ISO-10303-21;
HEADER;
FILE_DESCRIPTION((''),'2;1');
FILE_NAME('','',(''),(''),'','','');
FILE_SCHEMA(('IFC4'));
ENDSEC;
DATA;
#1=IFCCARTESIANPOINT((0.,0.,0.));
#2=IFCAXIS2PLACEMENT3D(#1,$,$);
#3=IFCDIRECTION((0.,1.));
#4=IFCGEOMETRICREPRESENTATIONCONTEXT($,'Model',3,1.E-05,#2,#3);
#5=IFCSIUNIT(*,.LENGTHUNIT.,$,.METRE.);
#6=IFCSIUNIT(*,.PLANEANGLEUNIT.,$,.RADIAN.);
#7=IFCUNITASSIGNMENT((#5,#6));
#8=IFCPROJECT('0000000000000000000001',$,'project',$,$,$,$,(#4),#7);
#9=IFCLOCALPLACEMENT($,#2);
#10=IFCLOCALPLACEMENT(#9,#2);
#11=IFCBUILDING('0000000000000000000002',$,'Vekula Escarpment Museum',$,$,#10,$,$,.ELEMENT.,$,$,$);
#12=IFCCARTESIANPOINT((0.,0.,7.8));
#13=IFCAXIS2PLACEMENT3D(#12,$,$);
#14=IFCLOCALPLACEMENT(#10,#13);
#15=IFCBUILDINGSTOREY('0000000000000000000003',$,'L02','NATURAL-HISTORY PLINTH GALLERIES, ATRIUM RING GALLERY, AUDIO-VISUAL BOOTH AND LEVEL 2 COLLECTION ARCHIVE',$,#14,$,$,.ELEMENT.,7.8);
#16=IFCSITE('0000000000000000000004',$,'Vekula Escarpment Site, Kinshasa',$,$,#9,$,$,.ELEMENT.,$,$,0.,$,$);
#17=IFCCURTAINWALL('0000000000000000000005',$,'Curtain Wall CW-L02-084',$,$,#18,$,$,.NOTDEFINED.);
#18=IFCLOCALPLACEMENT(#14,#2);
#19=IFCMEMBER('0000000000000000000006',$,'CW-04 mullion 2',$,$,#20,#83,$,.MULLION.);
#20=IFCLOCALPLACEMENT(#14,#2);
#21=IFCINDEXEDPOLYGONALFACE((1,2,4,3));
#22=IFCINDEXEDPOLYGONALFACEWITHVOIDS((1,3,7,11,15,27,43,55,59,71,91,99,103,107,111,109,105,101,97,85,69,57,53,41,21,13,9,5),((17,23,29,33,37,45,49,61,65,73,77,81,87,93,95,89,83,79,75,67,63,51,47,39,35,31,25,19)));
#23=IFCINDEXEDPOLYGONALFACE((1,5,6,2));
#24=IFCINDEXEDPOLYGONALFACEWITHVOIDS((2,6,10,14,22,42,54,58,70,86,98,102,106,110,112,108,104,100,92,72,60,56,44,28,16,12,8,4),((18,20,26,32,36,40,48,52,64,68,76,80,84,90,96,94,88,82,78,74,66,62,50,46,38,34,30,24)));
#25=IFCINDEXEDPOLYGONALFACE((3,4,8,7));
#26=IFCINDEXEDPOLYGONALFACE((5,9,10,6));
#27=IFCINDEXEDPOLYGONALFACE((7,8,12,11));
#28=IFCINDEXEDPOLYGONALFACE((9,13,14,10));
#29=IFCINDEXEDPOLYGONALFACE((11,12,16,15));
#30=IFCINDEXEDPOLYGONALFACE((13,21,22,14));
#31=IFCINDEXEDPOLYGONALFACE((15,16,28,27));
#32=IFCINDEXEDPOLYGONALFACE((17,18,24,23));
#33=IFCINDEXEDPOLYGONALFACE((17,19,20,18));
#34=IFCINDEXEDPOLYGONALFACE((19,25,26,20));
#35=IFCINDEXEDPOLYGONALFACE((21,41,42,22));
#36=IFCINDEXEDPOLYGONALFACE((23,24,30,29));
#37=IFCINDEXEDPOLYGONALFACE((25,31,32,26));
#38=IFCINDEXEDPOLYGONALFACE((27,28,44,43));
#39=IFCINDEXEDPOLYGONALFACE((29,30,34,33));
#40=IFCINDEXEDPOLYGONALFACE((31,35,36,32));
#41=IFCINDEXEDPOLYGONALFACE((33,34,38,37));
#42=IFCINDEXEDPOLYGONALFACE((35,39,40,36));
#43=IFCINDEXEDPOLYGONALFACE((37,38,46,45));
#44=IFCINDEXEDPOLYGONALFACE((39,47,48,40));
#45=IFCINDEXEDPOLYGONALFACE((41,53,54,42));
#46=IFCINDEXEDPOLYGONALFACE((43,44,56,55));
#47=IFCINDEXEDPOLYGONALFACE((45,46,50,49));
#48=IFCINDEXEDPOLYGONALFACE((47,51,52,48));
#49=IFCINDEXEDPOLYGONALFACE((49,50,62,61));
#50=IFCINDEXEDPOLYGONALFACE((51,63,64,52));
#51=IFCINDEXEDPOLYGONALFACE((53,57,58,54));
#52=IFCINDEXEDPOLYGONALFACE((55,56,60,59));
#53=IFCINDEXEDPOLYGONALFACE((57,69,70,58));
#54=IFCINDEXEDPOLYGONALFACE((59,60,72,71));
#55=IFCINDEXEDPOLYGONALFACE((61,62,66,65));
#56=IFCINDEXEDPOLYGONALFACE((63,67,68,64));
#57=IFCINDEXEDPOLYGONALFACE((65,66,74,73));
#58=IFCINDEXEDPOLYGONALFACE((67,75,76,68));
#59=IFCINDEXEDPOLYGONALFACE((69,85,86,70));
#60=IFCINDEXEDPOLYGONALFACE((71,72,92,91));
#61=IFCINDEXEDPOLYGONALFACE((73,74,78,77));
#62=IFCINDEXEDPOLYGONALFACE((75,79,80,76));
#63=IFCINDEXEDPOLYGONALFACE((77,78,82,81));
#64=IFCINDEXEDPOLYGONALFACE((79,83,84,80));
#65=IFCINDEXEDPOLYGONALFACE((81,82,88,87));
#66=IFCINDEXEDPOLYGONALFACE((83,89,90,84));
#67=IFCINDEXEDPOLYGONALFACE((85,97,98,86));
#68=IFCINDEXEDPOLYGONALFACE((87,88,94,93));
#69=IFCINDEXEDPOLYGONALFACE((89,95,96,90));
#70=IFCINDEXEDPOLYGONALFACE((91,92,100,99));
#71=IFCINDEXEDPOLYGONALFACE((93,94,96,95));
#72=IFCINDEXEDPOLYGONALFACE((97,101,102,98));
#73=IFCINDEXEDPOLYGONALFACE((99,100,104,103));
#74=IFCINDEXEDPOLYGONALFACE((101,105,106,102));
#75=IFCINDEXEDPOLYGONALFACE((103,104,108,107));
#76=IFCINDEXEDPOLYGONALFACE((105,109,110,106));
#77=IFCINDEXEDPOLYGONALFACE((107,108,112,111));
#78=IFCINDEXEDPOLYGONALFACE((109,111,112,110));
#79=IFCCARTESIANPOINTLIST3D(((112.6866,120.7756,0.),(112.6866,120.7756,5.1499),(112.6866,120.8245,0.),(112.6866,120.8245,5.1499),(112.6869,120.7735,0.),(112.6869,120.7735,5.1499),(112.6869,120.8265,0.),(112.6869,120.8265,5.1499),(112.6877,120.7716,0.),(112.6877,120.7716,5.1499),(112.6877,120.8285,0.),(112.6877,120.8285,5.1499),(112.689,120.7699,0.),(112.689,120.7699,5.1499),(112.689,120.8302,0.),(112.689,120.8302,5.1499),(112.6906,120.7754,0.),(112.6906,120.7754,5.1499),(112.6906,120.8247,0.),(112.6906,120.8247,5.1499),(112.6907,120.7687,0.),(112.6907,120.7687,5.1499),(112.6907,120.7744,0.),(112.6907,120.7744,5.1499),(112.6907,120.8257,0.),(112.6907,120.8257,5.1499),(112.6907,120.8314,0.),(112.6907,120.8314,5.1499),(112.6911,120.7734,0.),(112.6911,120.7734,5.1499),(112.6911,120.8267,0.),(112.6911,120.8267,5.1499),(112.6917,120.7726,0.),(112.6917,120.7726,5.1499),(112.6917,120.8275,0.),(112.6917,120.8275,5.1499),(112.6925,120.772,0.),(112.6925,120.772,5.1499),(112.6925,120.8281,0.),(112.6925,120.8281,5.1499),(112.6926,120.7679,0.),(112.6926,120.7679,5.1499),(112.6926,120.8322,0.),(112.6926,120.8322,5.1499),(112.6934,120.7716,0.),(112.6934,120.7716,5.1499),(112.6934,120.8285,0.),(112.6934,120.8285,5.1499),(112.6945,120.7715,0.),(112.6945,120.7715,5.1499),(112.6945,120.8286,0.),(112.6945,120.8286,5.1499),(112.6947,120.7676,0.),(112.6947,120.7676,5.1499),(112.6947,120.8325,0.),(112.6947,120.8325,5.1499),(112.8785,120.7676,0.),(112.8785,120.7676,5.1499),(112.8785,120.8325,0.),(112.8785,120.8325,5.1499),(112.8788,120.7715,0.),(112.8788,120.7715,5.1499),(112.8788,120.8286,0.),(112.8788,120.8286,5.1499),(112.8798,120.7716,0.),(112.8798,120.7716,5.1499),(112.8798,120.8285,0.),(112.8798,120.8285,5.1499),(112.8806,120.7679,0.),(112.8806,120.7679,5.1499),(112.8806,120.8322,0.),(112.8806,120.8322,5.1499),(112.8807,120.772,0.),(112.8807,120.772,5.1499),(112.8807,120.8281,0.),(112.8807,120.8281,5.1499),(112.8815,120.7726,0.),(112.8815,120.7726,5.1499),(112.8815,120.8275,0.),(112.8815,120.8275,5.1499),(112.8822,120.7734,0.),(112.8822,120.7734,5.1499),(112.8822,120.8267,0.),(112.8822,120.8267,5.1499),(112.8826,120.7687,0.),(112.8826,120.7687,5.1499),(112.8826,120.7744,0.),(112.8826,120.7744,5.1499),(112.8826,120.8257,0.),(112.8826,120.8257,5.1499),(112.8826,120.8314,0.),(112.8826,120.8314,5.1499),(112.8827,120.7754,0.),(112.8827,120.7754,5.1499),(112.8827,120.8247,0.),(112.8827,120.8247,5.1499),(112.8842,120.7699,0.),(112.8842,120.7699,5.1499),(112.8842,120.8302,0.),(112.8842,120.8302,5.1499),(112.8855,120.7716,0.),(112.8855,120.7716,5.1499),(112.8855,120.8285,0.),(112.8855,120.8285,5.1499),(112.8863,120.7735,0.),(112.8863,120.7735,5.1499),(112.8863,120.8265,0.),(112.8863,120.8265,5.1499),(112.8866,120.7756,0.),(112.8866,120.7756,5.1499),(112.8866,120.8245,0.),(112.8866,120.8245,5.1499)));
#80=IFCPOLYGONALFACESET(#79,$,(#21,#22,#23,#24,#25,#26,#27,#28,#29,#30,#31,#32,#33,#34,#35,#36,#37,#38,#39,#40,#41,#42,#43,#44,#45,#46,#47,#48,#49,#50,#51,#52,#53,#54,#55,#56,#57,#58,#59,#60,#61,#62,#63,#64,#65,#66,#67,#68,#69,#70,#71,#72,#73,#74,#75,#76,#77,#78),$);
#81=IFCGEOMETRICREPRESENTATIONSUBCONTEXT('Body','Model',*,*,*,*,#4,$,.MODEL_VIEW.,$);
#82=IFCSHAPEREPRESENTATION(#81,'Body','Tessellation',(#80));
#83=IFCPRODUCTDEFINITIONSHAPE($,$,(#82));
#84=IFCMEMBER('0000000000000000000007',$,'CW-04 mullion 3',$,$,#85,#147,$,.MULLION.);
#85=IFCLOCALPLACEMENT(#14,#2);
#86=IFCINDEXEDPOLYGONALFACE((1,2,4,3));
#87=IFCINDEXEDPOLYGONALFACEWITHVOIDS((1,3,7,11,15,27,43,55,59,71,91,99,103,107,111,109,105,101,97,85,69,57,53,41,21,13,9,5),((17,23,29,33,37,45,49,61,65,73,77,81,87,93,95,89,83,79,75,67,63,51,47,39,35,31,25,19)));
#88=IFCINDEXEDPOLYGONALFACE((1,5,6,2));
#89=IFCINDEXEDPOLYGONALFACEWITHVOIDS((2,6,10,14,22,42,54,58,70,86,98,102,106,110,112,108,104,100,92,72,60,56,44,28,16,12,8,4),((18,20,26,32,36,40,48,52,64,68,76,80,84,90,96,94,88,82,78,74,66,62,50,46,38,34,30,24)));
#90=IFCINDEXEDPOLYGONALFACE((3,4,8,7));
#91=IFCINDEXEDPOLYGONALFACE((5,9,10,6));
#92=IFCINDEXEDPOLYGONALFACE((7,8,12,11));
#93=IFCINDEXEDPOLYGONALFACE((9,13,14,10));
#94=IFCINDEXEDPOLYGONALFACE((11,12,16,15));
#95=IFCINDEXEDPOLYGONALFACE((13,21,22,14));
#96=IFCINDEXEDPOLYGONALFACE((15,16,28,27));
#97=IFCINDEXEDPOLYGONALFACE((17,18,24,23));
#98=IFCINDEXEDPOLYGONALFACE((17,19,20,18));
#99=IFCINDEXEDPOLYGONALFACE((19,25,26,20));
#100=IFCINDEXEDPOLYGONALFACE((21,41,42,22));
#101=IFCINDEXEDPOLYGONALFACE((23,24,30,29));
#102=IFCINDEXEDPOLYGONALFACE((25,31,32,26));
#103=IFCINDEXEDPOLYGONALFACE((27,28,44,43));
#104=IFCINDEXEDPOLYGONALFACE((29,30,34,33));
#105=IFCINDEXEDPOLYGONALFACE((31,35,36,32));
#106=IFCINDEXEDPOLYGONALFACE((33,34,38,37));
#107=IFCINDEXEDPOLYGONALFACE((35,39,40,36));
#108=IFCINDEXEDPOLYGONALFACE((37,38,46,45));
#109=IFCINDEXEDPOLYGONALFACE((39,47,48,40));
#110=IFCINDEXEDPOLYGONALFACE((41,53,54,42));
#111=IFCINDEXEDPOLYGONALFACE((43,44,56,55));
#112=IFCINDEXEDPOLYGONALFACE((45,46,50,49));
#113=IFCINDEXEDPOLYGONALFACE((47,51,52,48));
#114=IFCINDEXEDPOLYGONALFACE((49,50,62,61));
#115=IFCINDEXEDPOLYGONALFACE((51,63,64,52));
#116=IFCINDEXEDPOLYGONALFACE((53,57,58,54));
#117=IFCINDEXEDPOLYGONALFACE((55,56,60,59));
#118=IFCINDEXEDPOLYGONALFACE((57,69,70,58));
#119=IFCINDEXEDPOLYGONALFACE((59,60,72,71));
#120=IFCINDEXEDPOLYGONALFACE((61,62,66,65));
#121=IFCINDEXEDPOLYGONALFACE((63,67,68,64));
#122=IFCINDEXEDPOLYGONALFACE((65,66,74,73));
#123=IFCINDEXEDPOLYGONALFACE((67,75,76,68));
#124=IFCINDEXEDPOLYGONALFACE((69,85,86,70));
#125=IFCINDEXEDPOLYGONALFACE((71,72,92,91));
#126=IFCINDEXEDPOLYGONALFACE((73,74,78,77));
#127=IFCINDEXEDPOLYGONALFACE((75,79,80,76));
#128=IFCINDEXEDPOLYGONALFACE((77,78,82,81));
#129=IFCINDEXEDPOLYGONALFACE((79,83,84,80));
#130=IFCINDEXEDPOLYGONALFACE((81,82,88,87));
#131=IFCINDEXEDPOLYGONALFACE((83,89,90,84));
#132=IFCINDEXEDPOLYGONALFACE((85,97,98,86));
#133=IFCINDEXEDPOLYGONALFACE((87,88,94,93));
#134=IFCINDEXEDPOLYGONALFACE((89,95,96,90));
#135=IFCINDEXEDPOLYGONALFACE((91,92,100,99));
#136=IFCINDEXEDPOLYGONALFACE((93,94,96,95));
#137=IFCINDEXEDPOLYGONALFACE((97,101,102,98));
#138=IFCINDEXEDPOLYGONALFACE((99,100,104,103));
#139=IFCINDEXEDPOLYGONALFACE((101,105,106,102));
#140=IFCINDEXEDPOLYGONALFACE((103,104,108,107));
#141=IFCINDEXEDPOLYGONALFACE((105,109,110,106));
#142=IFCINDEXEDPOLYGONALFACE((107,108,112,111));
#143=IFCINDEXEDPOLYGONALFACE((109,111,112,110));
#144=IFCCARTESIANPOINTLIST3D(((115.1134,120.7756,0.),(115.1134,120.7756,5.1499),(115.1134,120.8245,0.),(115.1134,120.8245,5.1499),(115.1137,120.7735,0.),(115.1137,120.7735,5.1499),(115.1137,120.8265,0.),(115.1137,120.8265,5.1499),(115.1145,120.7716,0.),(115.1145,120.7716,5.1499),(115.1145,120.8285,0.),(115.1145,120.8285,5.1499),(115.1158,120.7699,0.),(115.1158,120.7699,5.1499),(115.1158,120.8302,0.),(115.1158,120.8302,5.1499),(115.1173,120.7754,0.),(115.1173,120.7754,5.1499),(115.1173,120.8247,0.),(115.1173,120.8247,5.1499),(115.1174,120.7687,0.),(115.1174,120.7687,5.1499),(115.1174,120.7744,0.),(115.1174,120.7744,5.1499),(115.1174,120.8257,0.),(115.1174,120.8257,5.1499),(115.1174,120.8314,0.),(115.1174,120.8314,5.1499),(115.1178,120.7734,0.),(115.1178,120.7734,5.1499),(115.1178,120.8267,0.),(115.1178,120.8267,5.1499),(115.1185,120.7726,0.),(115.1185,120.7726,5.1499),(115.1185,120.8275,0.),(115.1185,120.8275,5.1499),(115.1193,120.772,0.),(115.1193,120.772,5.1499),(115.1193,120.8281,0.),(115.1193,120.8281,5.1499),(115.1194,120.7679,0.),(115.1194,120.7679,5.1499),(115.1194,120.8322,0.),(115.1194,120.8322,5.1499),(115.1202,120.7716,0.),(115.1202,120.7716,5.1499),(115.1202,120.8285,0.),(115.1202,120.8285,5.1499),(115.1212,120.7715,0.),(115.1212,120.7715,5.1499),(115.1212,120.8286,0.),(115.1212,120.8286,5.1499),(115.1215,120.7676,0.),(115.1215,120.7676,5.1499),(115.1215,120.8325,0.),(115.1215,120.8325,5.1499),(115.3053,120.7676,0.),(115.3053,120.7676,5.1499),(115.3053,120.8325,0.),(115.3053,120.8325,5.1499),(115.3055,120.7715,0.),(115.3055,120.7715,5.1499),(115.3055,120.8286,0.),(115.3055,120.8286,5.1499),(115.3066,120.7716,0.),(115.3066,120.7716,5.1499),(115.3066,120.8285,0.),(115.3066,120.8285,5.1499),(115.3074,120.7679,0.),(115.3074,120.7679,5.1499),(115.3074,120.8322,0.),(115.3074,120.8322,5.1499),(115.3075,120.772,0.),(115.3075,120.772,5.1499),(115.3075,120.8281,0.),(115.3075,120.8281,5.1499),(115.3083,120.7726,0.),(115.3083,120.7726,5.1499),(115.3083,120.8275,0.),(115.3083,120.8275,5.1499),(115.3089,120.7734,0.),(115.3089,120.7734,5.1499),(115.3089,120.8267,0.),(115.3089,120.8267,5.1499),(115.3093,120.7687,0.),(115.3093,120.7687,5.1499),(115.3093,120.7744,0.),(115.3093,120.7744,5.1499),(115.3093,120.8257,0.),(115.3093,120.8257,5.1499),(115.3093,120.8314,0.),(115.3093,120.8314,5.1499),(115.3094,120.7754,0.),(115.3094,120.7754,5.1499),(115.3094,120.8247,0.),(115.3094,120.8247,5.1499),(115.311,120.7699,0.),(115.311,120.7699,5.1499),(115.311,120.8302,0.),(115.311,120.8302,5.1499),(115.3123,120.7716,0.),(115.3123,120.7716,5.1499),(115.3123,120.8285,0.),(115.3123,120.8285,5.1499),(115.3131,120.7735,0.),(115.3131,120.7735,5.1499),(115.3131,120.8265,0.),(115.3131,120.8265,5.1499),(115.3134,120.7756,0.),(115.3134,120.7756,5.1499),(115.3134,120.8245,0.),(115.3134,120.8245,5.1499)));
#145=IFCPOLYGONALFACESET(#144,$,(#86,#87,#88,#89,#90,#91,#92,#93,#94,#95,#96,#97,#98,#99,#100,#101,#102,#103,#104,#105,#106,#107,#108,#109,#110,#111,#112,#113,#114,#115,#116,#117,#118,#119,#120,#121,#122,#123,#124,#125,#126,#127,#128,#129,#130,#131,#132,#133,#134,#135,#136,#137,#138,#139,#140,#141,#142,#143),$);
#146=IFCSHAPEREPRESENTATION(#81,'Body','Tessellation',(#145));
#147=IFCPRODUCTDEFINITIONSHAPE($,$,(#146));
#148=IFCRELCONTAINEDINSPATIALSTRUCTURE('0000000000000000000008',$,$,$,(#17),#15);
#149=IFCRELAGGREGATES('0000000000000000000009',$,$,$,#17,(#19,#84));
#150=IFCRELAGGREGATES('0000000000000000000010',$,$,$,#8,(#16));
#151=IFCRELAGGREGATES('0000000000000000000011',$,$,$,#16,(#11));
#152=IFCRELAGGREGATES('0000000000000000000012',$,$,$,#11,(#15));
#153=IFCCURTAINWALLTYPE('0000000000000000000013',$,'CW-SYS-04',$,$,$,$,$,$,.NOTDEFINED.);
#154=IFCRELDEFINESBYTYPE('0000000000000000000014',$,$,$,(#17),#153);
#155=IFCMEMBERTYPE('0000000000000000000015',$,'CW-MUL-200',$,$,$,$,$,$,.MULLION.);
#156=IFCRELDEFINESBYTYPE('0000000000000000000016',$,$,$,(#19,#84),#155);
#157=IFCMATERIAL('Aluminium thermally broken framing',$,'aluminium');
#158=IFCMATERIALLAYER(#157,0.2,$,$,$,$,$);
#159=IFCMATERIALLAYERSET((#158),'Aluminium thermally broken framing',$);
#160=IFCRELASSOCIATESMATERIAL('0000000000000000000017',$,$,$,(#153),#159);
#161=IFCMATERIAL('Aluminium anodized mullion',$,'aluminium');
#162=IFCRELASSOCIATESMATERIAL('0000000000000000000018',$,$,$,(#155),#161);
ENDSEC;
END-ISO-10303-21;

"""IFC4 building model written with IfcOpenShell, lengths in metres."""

from ifc_helpers import new_model, si_unit, direction, frame, origin, origin_2d, place, context, subcontext, project, spatial, hollow_rectangle, extrude, material, layer, layer_set, material_profile, profile_set, type_object, element, aggregate, save


model = new_model("IFC4")

# Units and contexts
model_context = context("Model", 3, precision=1e-05, world=origin(), true_north=direction((0.0, 1.0)))
body_context = subcontext(model_context, "Body", "Model", "MODEL_VIEW")
ifc_project = project(units=[si_unit("LENGTHUNIT", "METRE"), si_unit("PLANEANGLEUNIT", "RADIAN")], contexts=[model_context])

# Site, building, storey
site_placement = place(None, origin())
site = spatial("IfcSite", under=ifc_project, at=site_placement, Name="Vekula Escarpment Site, Kinshasa", CompositionType="ELEMENT", RefElevation=0.0)
building_placement = place(site_placement, origin())
building = spatial("IfcBuilding", under=site, at=building_placement, Name="Vekula Escarpment Museum", CompositionType="ELEMENT")
storey_placement = place(building_placement, frame((0.0, 0.0, 7.8)))
storey = spatial("IfcBuildingStorey", under=building, at=storey_placement, Name="L02", Description="NATURAL-HISTORY PLINTH GALLERIES, ATRIUM RING GALLERY, AUDIO-VISUAL BOOTH AND LEVEL 2 COLLECTION ARCHIVE", CompositionType="ELEMENT", Elevation=7.8)

# Curtain wall, members
ifc_material_1 = material(Name="Aluminium thermally broken framing", Category="aluminium")
ifc_layer_1 = layer(ifc_material_1, 0.2)
ifc_layer_set_1 = layer_set([ifc_layer_1], Name="Aluminium thermally broken framing")
curtain_wall_type = type_object("IfcCurtainWallType", Name="CW-SYS-04", PredefinedType="NOTDEFINED", material=ifc_layer_set_1)
curtain_wall_placement = place(storey_placement, origin())
curtain_wall = element("IfcCurtainWall", 1, at=curtain_wall_placement, inside=storey, type_object=curtain_wall_type, Name="Curtain Wall CW-L02-084", PredefinedType="NOTDEFINED")
ifc_material_2 = material(Name="Aluminium anodized mullion", Category="aluminium")
ifc_material_profile_1 = material_profile(ifc_material_2, hollow_rectangle(XDim=0.0649, YDim=0.2, WallThickness=0.0039, InnerFilletRadius=0.0039, OuterFilletRadius=0.0081, at=origin_2d()), Name="ALU 200x65x4")
ifc_profile_set_1 = profile_set([ifc_material_profile_1], Name="Aluminium anodized mullion")
member_type_1 = type_object("IfcMemberType", Name="CW-MUL-200", PredefinedType="MULLION", material=ifc_profile_set_1)
member_1_placement = place(storey_placement, frame((112.7866, 120.8, 0.0), z_axis=(0.0, 0.0, 1.0), x_axis=(0.0, 1.0, 0.0)))
member_1 = element("IfcMember", 2, at=member_1_placement, type_object=member_type_1, Name="CW-04 mullion 2", PredefinedType="MULLION", context=body_context, shape_type="SweptSolid", body=[
    extrude(hollow_rectangle(XDim=0.0649, YDim=0.2, WallThickness=0.0039, InnerFilletRadius=0.0039, OuterFilletRadius=0.0081, at=origin_2d()), origin(), (0.0, 0.0, 1.0), 5.1499),
])
member_2_placement = place(storey_placement, frame((115.2134, 120.8, 0.0), z_axis=(0.0, 0.0, 1.0), x_axis=(0.0, 1.0, 0.0)))
member_2 = element("IfcMember", 3, at=member_2_placement, type_object=member_type_1, Name="CW-04 mullion 3", PredefinedType="MULLION", context=body_context, shape_type="SweptSolid", body=[
    extrude(hollow_rectangle(XDim=0.0649, YDim=0.2, WallThickness=0.0039, InnerFilletRadius=0.0039, OuterFilletRadius=0.0081, at=origin_2d()), origin(), (0.0, 0.0, 1.0), 5.1499),
])

aggregate(curtain_wall, [member_1, member_2])

save(model, "model.ifc")
